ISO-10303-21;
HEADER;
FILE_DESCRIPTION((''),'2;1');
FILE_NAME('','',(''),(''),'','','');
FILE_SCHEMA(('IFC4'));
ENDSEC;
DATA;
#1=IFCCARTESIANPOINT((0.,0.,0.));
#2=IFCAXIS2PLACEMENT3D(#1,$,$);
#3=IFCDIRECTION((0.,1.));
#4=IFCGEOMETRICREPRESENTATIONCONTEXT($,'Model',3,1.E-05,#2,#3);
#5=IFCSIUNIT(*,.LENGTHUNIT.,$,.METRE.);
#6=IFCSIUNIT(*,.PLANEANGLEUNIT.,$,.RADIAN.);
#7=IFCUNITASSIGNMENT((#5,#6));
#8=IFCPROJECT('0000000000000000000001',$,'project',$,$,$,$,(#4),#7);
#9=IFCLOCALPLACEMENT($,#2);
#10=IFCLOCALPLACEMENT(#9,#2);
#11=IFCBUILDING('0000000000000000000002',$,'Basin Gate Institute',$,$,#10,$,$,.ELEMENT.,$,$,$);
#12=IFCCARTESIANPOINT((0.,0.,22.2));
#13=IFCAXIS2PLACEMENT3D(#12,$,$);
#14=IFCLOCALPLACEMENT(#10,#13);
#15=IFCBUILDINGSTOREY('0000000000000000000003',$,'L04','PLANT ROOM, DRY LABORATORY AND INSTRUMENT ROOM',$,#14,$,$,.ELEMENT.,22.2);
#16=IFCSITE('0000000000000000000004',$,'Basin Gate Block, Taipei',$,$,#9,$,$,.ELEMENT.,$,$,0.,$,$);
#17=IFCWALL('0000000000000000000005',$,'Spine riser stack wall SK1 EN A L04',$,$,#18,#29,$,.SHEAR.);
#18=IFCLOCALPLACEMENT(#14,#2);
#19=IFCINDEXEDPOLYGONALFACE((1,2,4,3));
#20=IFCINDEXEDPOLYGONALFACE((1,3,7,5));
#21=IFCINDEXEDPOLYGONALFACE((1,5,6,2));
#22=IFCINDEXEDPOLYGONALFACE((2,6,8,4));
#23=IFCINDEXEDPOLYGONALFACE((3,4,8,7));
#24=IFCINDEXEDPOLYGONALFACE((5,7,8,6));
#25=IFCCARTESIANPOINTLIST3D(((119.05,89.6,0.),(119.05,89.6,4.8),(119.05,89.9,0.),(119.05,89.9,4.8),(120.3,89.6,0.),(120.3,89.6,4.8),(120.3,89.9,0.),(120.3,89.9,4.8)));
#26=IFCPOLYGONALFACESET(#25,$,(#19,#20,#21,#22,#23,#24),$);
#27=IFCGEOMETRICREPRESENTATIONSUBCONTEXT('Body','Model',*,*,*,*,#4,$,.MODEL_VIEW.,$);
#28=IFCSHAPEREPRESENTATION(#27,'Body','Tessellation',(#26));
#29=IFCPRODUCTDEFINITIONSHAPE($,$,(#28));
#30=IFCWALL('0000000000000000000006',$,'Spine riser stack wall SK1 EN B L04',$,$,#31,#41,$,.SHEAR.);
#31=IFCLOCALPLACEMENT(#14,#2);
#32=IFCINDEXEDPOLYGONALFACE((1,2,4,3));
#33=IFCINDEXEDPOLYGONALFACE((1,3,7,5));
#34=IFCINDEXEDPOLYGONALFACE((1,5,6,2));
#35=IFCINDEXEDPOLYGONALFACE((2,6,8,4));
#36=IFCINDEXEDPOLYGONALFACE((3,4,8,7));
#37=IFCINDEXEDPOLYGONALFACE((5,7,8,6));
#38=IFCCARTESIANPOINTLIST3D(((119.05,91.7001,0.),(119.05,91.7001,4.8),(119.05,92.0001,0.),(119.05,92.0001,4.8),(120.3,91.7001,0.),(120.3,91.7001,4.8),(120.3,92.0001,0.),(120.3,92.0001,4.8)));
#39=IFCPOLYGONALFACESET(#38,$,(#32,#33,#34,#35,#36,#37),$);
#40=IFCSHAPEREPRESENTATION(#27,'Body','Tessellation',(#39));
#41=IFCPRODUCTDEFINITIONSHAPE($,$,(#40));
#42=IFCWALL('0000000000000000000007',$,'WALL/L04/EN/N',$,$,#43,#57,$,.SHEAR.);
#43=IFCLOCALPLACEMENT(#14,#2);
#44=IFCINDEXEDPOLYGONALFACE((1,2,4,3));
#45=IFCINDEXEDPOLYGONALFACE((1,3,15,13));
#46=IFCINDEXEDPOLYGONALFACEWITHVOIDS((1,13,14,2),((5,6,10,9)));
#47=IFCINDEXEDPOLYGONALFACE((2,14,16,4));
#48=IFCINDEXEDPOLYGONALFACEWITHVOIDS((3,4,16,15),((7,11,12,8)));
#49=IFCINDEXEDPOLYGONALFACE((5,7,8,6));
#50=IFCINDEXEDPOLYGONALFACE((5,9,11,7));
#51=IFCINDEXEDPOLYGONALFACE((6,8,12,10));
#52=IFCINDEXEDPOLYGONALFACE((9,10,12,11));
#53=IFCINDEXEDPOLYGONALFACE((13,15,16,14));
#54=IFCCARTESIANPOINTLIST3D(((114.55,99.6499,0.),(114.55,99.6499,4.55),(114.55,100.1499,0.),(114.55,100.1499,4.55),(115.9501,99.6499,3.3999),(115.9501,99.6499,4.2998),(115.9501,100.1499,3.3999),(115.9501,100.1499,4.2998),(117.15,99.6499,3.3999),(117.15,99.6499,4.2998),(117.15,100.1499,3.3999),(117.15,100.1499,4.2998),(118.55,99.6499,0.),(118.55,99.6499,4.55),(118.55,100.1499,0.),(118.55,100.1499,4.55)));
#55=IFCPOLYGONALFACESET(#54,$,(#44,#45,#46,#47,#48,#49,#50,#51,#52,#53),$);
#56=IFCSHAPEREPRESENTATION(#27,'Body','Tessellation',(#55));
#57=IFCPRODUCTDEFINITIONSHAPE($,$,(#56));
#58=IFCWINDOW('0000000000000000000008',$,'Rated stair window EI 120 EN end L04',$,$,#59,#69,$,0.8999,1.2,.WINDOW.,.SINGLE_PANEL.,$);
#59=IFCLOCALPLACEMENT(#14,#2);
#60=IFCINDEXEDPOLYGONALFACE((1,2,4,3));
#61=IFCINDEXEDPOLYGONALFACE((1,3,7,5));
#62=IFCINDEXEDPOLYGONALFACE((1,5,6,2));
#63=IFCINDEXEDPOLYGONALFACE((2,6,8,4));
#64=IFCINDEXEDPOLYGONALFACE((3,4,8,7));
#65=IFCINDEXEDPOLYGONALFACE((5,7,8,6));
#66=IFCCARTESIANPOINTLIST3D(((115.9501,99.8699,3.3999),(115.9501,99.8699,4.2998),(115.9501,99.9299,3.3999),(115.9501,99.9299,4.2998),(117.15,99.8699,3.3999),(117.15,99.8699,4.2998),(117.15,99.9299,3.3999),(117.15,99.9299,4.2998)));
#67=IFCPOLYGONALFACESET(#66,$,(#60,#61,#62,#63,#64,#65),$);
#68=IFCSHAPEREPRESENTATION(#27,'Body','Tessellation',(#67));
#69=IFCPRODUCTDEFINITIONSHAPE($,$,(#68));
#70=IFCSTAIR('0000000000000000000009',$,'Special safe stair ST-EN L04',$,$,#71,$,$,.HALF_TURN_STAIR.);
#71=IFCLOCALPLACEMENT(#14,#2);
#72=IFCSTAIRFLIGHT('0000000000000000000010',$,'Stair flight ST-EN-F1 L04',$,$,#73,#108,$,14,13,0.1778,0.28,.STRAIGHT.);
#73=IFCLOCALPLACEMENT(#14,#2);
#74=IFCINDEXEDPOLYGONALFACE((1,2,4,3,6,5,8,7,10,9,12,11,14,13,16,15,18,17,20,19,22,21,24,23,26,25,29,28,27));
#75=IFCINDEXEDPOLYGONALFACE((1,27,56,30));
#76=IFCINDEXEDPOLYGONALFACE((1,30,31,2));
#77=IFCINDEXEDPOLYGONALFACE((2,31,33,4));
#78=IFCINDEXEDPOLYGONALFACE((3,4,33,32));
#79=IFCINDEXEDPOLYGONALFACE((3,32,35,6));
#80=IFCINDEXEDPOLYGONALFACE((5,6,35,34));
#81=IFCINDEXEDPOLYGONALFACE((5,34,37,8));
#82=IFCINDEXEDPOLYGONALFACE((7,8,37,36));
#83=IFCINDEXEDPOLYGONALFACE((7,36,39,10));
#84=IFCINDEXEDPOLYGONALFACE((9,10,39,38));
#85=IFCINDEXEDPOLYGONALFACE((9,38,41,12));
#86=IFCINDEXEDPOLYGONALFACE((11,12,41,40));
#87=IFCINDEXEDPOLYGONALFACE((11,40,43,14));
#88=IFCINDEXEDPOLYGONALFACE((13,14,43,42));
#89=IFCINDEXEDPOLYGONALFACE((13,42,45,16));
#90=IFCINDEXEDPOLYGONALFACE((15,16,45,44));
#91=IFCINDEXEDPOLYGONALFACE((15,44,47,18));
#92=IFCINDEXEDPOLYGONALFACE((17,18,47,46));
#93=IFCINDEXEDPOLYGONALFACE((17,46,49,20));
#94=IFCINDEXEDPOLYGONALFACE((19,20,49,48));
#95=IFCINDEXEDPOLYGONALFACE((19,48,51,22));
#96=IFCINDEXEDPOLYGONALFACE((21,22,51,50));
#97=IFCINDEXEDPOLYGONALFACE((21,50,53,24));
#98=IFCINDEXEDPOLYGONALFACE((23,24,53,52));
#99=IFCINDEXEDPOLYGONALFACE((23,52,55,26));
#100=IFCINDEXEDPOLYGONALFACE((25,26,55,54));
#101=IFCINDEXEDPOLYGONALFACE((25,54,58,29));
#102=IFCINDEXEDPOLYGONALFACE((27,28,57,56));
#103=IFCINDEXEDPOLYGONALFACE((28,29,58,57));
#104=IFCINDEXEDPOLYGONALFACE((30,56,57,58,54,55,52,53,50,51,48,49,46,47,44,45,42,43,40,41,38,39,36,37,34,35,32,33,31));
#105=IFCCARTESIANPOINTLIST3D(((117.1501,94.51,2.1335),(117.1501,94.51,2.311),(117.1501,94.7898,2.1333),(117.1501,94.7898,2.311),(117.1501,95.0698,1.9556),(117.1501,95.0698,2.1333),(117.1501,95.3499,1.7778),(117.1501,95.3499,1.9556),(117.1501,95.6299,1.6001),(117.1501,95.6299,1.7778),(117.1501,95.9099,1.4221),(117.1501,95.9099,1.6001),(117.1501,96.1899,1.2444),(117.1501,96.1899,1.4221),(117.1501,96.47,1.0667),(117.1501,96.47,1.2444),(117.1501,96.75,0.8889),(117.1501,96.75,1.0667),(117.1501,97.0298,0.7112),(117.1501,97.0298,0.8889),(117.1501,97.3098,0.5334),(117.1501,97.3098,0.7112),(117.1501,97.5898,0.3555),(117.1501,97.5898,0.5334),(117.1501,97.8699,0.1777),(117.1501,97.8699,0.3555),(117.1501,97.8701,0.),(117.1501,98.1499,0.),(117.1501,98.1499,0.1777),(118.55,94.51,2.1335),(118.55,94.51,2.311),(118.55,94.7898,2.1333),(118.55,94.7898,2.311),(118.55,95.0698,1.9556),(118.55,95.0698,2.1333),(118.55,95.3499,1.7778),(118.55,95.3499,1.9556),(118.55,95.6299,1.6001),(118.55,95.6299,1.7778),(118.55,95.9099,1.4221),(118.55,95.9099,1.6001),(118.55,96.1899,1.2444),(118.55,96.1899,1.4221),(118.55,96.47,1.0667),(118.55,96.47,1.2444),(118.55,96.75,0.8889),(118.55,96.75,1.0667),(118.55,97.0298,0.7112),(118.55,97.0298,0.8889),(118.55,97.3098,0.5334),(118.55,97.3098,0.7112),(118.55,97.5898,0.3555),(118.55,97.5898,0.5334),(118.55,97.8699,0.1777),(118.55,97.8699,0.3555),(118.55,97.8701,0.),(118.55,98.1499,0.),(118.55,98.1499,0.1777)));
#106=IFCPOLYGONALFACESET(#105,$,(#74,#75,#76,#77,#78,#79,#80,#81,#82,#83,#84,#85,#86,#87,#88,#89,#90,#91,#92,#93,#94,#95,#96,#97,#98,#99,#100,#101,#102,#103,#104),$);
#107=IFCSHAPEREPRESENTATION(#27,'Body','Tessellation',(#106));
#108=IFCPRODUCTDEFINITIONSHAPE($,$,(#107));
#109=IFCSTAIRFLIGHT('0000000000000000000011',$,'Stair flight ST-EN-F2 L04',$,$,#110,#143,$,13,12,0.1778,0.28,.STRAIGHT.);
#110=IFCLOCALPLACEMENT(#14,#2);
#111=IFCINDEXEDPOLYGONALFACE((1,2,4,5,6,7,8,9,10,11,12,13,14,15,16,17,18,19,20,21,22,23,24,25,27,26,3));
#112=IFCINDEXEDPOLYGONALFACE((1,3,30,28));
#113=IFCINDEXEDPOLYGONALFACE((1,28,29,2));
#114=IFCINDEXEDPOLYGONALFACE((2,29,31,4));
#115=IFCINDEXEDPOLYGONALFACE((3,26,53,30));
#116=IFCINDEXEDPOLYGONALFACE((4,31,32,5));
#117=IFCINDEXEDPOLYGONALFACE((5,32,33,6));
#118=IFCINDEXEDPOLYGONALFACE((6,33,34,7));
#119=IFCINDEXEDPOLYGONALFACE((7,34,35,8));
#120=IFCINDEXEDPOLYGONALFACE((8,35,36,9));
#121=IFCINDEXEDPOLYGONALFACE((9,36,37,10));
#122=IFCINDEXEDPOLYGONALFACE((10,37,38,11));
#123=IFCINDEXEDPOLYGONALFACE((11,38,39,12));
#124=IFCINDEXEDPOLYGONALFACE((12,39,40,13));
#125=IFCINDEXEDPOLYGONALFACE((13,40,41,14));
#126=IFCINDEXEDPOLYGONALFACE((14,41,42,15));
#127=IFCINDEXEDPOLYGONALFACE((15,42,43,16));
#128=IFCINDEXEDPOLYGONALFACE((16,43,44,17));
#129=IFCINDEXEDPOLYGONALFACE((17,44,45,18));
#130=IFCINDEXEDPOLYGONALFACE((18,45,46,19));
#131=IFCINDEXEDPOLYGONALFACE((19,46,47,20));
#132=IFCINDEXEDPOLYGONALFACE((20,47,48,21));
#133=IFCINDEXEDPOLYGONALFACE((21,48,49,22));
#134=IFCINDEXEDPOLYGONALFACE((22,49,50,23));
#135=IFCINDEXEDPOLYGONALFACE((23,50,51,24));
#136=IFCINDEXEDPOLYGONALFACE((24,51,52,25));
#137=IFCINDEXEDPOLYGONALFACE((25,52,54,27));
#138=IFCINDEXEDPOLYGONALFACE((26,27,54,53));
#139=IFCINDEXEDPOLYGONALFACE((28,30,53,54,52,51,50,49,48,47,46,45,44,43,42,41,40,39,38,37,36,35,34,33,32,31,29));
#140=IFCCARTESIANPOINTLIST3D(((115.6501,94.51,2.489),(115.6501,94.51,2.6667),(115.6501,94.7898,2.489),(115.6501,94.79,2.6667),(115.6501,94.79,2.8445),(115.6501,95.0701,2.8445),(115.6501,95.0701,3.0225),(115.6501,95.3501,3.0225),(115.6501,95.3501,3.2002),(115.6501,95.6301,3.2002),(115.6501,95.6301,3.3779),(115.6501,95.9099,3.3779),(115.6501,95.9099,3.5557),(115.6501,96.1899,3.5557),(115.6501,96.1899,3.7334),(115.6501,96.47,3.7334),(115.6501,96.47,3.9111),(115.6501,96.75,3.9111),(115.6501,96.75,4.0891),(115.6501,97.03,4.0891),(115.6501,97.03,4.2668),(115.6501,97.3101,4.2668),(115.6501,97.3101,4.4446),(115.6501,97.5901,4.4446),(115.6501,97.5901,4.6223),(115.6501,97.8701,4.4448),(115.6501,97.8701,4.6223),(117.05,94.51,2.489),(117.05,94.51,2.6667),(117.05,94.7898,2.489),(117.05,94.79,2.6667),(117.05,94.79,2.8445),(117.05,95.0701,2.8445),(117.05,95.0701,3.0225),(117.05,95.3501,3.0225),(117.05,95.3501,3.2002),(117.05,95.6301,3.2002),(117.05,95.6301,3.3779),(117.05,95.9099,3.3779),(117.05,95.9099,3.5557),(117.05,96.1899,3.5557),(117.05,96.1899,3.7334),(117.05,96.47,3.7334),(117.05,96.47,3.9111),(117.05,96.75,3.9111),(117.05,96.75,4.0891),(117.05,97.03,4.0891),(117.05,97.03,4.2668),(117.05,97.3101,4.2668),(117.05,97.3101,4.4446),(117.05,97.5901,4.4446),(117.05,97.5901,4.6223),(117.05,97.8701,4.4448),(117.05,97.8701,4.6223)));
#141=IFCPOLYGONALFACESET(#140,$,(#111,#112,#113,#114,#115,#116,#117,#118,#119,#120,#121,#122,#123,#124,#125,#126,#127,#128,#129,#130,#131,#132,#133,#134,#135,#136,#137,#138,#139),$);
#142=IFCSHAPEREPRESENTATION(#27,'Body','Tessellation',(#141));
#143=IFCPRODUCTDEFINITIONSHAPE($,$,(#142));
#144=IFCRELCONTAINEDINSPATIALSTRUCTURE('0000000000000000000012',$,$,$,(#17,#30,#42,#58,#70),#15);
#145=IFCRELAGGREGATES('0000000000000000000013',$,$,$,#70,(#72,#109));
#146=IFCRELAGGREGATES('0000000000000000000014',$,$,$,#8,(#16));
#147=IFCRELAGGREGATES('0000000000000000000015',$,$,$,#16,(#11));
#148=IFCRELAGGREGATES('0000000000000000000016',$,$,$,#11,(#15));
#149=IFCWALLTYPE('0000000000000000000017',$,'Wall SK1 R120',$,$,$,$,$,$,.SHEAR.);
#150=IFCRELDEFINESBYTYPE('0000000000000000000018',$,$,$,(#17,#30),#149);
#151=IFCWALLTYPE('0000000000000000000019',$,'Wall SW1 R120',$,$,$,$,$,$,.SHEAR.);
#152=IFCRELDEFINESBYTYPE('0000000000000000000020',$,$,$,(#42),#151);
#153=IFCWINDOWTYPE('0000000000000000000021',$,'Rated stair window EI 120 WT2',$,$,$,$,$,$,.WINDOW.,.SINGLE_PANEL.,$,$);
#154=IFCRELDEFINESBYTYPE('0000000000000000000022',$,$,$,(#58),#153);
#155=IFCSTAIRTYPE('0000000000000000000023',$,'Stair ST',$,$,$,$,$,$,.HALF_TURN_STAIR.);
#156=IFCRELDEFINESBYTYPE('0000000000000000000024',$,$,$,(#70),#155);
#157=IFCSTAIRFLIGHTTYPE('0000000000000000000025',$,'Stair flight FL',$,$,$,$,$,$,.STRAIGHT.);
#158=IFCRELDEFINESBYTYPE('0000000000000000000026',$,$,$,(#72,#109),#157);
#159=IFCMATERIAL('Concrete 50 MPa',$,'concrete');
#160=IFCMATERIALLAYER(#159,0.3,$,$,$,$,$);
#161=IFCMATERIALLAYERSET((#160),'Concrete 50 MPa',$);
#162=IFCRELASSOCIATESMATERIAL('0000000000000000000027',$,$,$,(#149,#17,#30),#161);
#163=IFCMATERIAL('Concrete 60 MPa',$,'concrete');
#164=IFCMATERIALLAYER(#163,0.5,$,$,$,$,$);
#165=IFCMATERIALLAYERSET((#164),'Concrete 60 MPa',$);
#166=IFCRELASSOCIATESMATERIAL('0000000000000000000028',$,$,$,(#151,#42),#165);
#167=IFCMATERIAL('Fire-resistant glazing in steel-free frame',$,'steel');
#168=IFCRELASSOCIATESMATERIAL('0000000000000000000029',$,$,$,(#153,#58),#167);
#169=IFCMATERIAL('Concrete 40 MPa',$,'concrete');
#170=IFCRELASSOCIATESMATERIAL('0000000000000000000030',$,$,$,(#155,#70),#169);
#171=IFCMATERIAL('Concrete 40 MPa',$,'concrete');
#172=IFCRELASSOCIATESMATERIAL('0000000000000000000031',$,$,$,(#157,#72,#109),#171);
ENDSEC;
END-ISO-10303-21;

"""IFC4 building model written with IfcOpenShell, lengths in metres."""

from ifc_helpers import new_model, si_unit, direction, frame, frame_2d, origin, place, context, subcontext, project, spatial, polyline, rectangle, outline, extrude, material, layer, layer_set, type_object, element, fill, aggregate, save


model = new_model("IFC4")

# Units and contexts
model_context = context("Model", 3, precision=1e-05, world=origin(), true_north=direction((0.0, 1.0)))
body_context = subcontext(model_context, "Body", "Model", "MODEL_VIEW")
ifc_project = project(units=[si_unit("LENGTHUNIT", "METRE"), si_unit("PLANEANGLEUNIT", "RADIAN")], contexts=[model_context])

# Site, building, storey
site_placement = place(None, origin())
site = spatial("IfcSite", under=ifc_project, at=site_placement, Name="Basin Gate Block, Taipei", CompositionType="ELEMENT", RefElevation=0.0)
building_placement = place(site_placement, origin())
building = spatial("IfcBuilding", under=site, at=building_placement, Name="Basin Gate Institute", CompositionType="ELEMENT")
storey_placement = place(building_placement, frame((0.0, 0.0, 22.2)))
storey = spatial("IfcBuildingStorey", under=building, at=storey_placement, Name="L04", Description="PLANT ROOM, DRY LABORATORY AND INSTRUMENT ROOM", CompositionType="ELEMENT", Elevation=22.2)

# Walls
ifc_material_1 = material(Name="Concrete 50 MPa", Category="concrete")
ifc_layer_1 = layer(ifc_material_1, 0.3)
ifc_layer_set_1 = layer_set([ifc_layer_1], Name="Concrete 50 MPa")
wall_type_1 = type_object("IfcWallType", Name="Wall SK1 R120", PredefinedType="SHEAR", material=ifc_layer_set_1)
for number, where, z_axis, x_axis, name in (
    (1, (119.05, 89.75, 0.0), (0.0, 0.0, 1.0), (1.0, 0.0, 0.0), "Spine riser stack wall SK1 EN A L04"),
    (2, (119.05, 91.8501, 0.0), (0.0, 0.0, 1.0), (1.0, 0.0, 0.0), "Spine riser stack wall SK1 EN B L04"),
):
    element("IfcWall", number, at=place(storey_placement, frame(where, z_axis=z_axis, x_axis=x_axis)), inside=storey, type_object=wall_type_1, material=ifc_layer_set_1, Name=name, PredefinedType="SHEAR", context=body_context, shape_type="SweptSolid", body=[
        extrude(rectangle(XDim=1.25, YDim=0.3, at=frame_2d((0.625, 0.0))), origin(), (0.0, 0.0, 1.0), 4.8),
    ])

# Wall, opening, window
ifc_material_2 = material(Name="Concrete 60 MPa", Category="concrete")
ifc_layer_2 = layer(ifc_material_2, 0.5)
ifc_layer_set_2 = layer_set([ifc_layer_2], Name="Concrete 60 MPa")
wall_type_2 = type_object("IfcWallType", Name="Wall SW1 R120", PredefinedType="SHEAR", material=ifc_layer_set_2)
wall_1_placement = place(storey_placement, frame((118.55, 99.8999, 0.0), z_axis=(0.0, 0.0, 1.0), x_axis=(-1.0, 0.0, 0.0)))
wall_1 = element("IfcWall", 3, at=wall_1_placement, inside=storey, type_object=wall_type_2, material=ifc_layer_set_2, Name="WALL/L04/EN/N", PredefinedType="SHEAR", context=body_context, shape_type="SweptSolid", body=[
    extrude(rectangle(XDim=4.0, YDim=0.5, at=frame_2d((2.0, 0.0))), origin(), (0.0, 0.0, 1.0), 4.55),
])
opening_1_placement = place(wall_1_placement, frame((1.3999, 0.0, 3.3999)))
opening_1 = element("IfcOpeningElement", 4, at=opening_1_placement, cuts=wall_1, PredefinedType="OPENING", context=body_context, shape_type="SweptSolid", body=[
    extrude(rectangle(XDim=1.2, YDim=0.8999, at=frame_2d((0.6001, 0.45))), frame((0.0, 0.26, 0.0), z_axis=(0.0, -1.0, 0.0), x_axis=(1.0, 0.0, 0.0)), (0.0, 0.0, 1.0), 0.52),
])
ifc_material_3 = material(Name="Fire-resistant glazing in steel-free frame", Category="steel")
window_type_1 = type_object("IfcWindowType", Name="Rated stair window EI 120 WT2", PartitioningType="SINGLE_PANEL", PredefinedType="WINDOW", material=ifc_material_3)
window_1_placement = place(opening_1_placement, origin())
window_1 = element("IfcWindow", 5, at=window_1_placement, inside=storey, type_object=window_type_1, material=ifc_material_3, Name="Rated stair window EI 120 EN end L04", OverallHeight=0.8999, OverallWidth=1.2, PartitioningType="SINGLE_PANEL", PredefinedType="WINDOW", context=body_context, shape_type="SweptSolid", body=[
    extrude(rectangle(XDim=1.2, YDim=0.8999, at=frame_2d((0.6001, 0.45))), frame((0.0, 0.03, 0.0), z_axis=(0.0, -1.0, 0.0), x_axis=(1.0, 0.0, 0.0)), (0.0, 0.0, 1.0), 0.0601),
])
fill(opening_1, window_1)

# Stair, stair flights
ifc_material_4 = material(Name="Concrete 40 MPa", Category="concrete")
stair_type = type_object("IfcStairType", Name="Stair ST", PredefinedType="HALF_TURN_STAIR", material=ifc_material_4)
stair_placement = place(storey_placement, origin())
stair = element("IfcStair", 6, at=stair_placement, inside=storey, type_object=stair_type, material=ifc_material_4, Name="Special safe stair ST-EN L04", PredefinedType="HALF_TURN_STAIR")
ifc_material_5 = material(Name="Concrete 40 MPa", Category="concrete")
stair_flight_type = type_object("IfcStairFlightType", Name="Stair flight FL", PredefinedType="STRAIGHT", material=ifc_material_5)
stair_flight_1_placement = place(storey_placement, frame((117.8501, 98.1499, 0.0), z_axis=(0.0, 0.0, 1.0), x_axis=(0.0, -1.0, 0.0)))
stair_flight_1 = element("IfcStairFlight", 7, at=stair_flight_1_placement, type_object=stair_flight_type, material=ifc_material_5, Name="Stair flight ST-EN-F1 L04", NumberOfRisers=14, NumberOfTreads=13, PredefinedType="STRAIGHT", RiserHeight=0.1778, TreadLength=0.28, context=body_context, shape_type="SweptSolid", body=[
    extrude(outline(polyline([(0.0, 0.0), (0.0, 0.1777), (0.28, 0.1777), (0.28, 0.3555), (0.5601, 0.3555), (0.5601, 0.5334), (0.8401, 0.5334), (0.8401, 0.7112), (1.1201, 0.7112), (1.1201, 0.8889), (1.3999, 0.8889), (1.3999, 1.0667), (1.6799, 1.0667), (1.6799, 1.2444), (1.96, 1.2444), (1.96, 1.4221), (2.24, 1.4221), (2.24, 1.6001), (2.52, 1.6001), (2.52, 1.7778), (2.8, 1.7778), (2.8, 1.9556), (3.0801, 1.9556), (3.0801, 2.1333), (3.3601, 2.1333), (3.3601, 2.311), (3.6399, 2.311), (3.6399, 2.4888), (3.6399, 2.1335), (0.2798, 0.0), (0.0, 0.0)])), frame((0.0, 0.7, 0.0), z_axis=(0.0, -1.0, 0.0), x_axis=(1.0, 0.0, 0.0)), (0.0, 0.0, 1.0), 1.3999),
])
stair_flight_2_placement = place(storey_placement, frame((116.3501, 94.51, 2.489), z_axis=(0.0, 0.0, 1.0), x_axis=(0.0, 1.0, 0.0)))
stair_flight_2 = element("IfcStairFlight", 8, at=stair_flight_2_placement, type_object=stair_flight_type, material=ifc_material_5, Name="Stair flight ST-EN-F2 L04", NumberOfRisers=13, NumberOfTreads=12, PredefinedType="STRAIGHT", RiserHeight=0.1778, TreadLength=0.28, context=body_context, shape_type="SweptSolid", body=[
    extrude(outline(polyline([(0.0, 0.0), (0.0, 0.1777), (0.28, 0.1777), (0.28, 0.3555), (0.5601, 0.3555), (0.5601, 0.5334), (0.8401, 0.5334), (0.8401, 0.7112), (1.1201, 0.7112), (1.1201, 0.8889), (1.3999, 0.8889), (1.3999, 1.0667), (1.6799, 1.0667), (1.6799, 1.2444), (1.96, 1.2444), (1.96, 1.4221), (2.24, 1.4221), (2.24, 1.6001), (2.52, 1.6001), (2.52, 1.7778), (2.8, 1.7778), (2.8, 1.9556), (3.0801, 1.9556), (3.0801, 2.1333), (3.3601, 2.1333), (3.3601, 2.311), (3.3601, 1.9558), (0.2798, 0.0), (0.0, 0.0)])), frame((0.0, 0.7, 0.0), z_axis=(0.0, -1.0, 0.0), x_axis=(1.0, 0.0, 0.0)), (0.0, 0.0, 1.0), 1.3999),
])
aggregate(stair, [stair_flight_1, stair_flight_2])

save(model, "model.ifc")
